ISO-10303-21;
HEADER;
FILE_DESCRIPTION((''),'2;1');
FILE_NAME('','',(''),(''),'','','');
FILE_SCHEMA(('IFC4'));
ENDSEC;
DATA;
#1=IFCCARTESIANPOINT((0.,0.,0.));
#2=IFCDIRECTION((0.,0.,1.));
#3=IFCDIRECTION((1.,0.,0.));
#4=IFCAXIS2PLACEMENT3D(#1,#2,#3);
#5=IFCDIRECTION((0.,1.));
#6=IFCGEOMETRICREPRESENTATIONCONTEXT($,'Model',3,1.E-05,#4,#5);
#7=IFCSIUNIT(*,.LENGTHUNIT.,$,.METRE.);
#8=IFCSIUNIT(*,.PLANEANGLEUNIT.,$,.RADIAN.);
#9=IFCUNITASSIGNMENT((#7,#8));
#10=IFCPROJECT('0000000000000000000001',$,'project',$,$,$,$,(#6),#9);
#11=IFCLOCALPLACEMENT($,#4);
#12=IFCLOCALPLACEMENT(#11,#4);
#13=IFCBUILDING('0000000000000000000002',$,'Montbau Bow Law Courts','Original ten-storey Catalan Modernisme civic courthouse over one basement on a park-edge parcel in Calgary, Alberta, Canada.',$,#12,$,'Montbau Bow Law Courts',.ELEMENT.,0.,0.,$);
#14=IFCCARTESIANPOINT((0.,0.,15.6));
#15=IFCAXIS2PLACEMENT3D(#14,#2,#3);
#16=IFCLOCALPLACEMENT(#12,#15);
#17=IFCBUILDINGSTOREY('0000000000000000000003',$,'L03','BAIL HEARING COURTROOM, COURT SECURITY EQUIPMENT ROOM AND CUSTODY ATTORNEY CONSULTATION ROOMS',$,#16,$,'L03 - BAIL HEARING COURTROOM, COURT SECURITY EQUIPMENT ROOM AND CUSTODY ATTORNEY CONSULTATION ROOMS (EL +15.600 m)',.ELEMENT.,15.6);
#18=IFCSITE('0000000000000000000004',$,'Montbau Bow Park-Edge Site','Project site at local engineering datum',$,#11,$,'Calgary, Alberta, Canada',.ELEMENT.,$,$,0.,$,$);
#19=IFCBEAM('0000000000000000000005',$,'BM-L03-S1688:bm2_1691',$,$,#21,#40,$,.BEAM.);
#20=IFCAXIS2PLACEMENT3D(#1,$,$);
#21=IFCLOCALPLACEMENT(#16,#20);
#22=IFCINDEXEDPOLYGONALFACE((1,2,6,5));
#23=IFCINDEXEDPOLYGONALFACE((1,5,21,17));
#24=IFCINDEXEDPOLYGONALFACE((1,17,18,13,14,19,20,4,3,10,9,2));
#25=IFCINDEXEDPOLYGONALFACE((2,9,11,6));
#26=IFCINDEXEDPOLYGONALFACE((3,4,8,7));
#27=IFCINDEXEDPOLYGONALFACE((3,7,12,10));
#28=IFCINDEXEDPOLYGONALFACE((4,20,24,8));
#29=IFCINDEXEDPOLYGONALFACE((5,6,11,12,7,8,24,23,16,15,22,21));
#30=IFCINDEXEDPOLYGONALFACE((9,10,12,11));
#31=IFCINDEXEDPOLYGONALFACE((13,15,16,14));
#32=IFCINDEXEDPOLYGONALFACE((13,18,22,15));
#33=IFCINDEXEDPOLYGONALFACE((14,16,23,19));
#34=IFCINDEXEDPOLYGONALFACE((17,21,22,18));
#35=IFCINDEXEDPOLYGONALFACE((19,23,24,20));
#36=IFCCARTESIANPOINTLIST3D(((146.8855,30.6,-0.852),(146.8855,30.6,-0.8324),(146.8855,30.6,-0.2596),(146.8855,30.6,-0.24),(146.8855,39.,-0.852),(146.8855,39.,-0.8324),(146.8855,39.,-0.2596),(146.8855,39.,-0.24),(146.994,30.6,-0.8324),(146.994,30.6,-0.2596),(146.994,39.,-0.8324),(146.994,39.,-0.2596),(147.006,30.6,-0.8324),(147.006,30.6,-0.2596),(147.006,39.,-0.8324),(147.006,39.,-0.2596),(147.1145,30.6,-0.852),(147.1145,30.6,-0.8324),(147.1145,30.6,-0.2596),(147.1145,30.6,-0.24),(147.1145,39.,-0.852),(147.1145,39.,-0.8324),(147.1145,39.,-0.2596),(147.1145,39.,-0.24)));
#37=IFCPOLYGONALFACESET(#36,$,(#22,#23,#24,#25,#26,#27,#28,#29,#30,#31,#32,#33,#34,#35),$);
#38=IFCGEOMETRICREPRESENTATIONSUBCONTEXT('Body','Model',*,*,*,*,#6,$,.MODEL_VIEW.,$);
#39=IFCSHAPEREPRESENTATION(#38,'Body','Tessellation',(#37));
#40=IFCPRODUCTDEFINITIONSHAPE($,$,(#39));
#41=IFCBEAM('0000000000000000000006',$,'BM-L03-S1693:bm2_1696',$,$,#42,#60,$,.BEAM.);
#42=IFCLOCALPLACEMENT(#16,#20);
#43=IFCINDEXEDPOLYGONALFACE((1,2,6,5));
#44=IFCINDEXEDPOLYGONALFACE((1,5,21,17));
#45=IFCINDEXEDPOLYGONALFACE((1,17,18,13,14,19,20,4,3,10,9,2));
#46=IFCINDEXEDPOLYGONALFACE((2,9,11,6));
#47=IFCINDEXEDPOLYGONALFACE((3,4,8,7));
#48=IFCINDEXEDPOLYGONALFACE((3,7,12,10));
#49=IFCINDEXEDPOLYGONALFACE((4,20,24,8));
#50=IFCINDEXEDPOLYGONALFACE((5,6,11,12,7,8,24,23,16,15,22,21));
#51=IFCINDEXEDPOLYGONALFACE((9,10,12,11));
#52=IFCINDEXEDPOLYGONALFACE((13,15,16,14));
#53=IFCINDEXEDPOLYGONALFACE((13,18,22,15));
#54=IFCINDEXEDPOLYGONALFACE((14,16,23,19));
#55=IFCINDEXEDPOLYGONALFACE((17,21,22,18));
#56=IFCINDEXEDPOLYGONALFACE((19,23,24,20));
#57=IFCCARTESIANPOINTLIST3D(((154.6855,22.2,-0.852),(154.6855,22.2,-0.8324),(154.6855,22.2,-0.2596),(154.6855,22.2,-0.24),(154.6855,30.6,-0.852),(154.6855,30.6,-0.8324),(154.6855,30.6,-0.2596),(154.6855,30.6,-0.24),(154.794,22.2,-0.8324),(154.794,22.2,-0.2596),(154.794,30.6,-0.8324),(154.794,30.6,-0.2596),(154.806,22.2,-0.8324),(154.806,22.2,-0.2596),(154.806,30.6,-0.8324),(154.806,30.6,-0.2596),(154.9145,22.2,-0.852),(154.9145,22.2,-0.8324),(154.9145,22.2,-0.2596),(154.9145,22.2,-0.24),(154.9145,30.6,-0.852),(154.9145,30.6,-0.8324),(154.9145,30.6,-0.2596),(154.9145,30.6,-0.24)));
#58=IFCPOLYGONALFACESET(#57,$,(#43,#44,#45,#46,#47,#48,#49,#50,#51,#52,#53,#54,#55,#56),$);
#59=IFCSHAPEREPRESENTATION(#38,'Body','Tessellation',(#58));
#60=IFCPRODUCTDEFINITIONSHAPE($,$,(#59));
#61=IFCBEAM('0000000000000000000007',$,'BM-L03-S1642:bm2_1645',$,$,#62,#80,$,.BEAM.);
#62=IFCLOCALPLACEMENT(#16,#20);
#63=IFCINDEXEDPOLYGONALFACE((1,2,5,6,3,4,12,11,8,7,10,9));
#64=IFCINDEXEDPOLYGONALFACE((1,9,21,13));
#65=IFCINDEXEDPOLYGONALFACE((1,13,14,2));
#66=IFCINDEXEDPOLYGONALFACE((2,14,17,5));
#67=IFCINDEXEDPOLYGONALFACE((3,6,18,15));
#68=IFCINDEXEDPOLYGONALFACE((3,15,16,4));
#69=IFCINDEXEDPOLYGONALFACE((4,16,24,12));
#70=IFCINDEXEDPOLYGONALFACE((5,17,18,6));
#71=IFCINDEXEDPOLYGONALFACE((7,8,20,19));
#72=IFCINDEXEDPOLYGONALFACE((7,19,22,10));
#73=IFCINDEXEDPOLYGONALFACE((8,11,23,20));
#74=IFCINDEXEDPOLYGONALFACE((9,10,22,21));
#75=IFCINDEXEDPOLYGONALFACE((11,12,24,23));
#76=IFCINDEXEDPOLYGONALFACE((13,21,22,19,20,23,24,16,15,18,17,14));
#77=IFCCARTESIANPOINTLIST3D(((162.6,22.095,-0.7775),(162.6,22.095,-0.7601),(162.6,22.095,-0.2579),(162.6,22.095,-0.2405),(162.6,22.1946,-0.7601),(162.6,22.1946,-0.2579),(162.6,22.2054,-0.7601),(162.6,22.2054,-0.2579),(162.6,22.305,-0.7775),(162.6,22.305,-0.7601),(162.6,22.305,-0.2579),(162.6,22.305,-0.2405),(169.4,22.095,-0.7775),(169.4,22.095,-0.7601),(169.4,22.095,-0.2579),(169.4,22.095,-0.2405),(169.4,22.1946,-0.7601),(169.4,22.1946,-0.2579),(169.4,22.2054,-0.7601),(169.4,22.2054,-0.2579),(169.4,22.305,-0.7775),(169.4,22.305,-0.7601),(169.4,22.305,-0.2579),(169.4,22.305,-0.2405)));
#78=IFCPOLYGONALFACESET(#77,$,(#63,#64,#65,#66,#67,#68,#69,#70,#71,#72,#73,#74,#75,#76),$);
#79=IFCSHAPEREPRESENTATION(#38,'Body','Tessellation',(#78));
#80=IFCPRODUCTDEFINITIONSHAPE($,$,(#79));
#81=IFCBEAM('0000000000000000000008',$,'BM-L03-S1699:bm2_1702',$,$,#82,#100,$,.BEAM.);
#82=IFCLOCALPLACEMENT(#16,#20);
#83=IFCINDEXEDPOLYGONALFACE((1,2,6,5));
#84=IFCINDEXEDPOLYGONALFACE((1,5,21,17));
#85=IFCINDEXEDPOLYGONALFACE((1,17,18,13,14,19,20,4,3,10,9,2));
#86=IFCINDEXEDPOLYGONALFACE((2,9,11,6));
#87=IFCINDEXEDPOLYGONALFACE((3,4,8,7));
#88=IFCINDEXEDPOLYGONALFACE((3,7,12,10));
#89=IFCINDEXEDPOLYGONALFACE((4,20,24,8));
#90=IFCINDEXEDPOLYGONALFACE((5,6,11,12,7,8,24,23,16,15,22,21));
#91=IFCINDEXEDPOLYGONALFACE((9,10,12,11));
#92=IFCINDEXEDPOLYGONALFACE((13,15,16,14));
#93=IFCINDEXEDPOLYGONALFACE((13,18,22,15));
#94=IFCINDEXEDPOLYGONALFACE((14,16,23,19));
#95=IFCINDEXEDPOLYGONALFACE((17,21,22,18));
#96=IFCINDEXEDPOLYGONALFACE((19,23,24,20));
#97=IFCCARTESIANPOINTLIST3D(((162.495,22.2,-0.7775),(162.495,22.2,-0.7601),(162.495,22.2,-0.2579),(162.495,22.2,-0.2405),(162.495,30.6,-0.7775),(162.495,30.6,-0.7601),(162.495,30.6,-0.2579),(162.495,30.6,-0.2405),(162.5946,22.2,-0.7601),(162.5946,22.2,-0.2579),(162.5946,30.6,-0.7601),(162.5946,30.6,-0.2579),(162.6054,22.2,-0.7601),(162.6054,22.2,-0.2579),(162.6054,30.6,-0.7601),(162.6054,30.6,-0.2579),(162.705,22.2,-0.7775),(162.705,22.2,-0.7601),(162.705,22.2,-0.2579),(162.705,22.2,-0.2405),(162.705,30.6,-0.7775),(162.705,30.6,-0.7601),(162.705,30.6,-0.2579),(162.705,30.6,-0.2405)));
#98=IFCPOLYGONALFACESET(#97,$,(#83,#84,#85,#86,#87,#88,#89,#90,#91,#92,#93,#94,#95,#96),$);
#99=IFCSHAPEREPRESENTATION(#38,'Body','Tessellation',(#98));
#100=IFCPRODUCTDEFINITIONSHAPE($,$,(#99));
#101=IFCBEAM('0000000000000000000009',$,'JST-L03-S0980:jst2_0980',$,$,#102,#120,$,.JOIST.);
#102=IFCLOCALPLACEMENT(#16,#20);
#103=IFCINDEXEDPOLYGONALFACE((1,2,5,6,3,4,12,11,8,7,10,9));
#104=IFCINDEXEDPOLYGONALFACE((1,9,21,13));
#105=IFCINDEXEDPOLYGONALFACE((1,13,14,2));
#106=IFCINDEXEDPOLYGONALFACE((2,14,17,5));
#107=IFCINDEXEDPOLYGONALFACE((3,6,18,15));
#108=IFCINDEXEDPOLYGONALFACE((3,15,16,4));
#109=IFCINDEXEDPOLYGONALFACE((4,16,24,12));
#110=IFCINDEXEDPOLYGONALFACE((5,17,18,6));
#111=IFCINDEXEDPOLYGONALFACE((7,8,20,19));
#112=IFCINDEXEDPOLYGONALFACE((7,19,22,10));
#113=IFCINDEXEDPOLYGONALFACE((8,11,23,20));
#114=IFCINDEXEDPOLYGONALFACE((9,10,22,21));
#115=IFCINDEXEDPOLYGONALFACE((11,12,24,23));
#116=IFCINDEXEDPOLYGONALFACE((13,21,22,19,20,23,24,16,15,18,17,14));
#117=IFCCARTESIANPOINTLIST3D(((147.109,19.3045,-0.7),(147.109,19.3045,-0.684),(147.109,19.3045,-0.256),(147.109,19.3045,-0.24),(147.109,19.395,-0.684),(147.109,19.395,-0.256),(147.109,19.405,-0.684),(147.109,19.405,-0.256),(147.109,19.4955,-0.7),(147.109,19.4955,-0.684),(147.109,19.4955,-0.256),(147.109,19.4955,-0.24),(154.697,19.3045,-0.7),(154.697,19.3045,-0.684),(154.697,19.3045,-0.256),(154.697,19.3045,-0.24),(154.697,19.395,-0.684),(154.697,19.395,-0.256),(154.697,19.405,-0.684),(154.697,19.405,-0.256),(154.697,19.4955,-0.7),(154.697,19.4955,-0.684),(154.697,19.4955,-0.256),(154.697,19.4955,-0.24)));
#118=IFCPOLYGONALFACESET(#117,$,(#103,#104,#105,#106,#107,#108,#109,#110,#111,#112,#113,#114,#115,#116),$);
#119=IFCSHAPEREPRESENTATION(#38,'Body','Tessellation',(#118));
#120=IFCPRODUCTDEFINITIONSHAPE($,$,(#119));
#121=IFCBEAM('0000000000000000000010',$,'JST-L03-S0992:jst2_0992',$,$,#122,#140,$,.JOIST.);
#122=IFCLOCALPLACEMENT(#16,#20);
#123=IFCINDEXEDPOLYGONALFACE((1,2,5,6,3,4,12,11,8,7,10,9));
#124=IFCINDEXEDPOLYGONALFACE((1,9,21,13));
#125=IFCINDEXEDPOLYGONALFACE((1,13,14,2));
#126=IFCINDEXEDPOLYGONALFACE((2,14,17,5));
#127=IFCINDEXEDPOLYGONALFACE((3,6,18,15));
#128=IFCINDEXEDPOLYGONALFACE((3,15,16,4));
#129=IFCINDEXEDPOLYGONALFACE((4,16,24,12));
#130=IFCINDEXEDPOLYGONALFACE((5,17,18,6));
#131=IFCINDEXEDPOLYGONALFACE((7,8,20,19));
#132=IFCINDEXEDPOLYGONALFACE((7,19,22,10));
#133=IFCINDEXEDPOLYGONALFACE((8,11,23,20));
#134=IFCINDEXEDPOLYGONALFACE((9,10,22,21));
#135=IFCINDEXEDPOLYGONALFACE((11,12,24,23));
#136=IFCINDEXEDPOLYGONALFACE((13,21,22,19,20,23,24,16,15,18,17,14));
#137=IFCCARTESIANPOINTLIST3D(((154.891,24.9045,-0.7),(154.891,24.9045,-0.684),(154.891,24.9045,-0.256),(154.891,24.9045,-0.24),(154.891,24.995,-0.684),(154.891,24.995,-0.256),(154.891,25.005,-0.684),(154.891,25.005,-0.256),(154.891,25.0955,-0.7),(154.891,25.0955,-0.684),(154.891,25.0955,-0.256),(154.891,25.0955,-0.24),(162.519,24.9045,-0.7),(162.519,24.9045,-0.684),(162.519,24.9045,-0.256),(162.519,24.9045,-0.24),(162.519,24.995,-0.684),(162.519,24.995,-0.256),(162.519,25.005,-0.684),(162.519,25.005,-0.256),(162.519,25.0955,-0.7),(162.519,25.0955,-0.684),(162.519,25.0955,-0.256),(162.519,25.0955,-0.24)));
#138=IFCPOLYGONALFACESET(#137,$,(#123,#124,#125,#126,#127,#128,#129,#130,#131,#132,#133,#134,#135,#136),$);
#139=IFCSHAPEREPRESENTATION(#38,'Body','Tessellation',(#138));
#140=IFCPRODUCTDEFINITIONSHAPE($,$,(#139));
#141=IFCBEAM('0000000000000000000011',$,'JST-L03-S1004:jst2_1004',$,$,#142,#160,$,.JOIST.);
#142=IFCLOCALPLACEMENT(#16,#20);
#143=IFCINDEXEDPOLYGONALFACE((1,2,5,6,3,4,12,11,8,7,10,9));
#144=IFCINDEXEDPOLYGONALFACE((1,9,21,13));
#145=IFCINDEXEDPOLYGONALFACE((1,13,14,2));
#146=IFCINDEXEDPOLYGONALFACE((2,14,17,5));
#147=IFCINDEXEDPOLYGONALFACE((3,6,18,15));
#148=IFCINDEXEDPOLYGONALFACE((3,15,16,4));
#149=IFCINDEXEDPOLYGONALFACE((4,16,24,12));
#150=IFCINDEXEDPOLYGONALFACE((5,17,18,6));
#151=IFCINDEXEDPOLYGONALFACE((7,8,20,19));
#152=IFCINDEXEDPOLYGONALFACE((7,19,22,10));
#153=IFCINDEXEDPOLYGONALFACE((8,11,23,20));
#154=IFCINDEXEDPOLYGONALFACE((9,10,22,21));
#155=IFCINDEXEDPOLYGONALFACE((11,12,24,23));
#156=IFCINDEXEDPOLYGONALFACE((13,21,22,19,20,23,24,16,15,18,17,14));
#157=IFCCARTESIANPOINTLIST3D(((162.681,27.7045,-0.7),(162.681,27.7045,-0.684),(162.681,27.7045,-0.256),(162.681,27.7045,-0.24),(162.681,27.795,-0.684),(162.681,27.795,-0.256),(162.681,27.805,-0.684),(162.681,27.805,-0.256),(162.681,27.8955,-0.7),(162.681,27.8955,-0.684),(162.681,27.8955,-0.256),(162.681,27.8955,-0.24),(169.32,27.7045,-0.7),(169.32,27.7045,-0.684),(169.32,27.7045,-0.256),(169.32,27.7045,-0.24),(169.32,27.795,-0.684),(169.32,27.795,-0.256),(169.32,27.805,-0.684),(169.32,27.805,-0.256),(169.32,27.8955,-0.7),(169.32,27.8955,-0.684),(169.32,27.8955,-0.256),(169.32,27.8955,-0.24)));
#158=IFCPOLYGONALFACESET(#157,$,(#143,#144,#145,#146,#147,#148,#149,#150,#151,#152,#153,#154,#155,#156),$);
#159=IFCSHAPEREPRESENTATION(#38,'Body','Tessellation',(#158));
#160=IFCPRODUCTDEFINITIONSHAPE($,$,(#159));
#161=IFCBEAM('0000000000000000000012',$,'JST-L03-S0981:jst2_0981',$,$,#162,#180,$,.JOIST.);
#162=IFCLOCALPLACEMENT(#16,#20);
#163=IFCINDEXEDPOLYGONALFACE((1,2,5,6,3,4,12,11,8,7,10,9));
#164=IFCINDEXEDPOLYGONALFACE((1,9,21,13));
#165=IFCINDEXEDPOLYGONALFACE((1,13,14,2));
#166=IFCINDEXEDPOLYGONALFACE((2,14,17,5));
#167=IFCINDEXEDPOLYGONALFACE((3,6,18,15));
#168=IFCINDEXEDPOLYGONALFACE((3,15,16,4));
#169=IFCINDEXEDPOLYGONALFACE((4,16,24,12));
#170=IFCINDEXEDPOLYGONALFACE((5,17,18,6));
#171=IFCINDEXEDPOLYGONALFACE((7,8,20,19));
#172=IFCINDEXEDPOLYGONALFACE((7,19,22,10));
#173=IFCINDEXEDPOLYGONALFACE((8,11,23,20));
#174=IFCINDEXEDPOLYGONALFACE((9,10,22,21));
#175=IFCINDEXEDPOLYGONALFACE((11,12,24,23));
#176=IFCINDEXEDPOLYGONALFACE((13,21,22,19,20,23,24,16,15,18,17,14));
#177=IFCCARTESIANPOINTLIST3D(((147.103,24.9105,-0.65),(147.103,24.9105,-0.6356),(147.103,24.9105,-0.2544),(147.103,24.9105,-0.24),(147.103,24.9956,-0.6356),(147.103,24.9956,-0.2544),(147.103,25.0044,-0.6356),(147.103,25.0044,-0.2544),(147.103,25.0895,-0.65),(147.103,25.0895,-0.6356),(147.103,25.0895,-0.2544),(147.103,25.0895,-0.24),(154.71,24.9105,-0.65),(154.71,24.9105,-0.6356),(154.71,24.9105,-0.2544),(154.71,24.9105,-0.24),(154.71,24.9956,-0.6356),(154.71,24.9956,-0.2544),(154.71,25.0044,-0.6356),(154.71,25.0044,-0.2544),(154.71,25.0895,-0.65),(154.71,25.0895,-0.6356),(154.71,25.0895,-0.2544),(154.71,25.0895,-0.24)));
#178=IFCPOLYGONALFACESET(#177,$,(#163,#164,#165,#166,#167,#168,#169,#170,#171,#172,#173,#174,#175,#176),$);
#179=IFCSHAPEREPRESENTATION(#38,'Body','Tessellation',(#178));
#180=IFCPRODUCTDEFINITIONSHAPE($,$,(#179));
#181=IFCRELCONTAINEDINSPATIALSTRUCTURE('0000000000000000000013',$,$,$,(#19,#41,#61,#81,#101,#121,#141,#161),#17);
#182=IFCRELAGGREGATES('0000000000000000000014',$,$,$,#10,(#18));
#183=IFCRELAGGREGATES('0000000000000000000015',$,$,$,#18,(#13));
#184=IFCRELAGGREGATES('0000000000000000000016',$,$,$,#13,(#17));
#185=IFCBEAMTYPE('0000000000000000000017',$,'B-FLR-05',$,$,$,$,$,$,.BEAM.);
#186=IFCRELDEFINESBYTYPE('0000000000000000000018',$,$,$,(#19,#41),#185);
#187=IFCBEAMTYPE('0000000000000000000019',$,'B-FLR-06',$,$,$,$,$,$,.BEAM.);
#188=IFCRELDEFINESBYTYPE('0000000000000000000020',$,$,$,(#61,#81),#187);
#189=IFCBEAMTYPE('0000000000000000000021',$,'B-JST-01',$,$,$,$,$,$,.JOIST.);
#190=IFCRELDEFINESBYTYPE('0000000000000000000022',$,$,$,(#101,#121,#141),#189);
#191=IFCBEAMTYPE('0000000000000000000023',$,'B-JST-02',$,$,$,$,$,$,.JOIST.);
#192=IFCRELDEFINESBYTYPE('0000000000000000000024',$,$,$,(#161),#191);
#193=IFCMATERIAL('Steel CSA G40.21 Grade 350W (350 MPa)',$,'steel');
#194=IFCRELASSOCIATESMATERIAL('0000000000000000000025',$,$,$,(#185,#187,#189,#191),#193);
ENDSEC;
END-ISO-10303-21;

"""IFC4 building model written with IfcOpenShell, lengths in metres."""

from ifc_helpers import new_model, si_unit, direction, frame, origin_with_axes, origin_2d_with_axis, place, context, subcontext, project, spatial, i_section, extrude, material, material_profile, profile_set, type_object, element, save


model = new_model("IFC4")

# Units and contexts
model_context = context("Model", 3, precision=1e-05, world=origin_with_axes(), true_north=direction((0.0, 1.0)))
body_context = subcontext(model_context, "Body", "Model", "MODEL_VIEW")
ifc_project = project(units=[si_unit("LENGTHUNIT", "METRE"), si_unit("PLANEANGLEUNIT", "RADIAN")], contexts=[model_context])

# Site, building, storey
site_placement = place(None, origin_with_axes())
site = spatial("IfcSite", under=ifc_project, at=site_placement, Name="Montbau Bow Park-Edge Site", Description="Project site at local engineering datum", LongName="Calgary, Alberta, Canada", CompositionType="ELEMENT", RefElevation=0.0)
building_placement = place(site_placement, origin_with_axes())
building = spatial("IfcBuilding", under=site, at=building_placement, Name="Montbau Bow Law Courts", Description="Original ten-storey Catalan Modernisme civic courthouse over one basement on a park-edge parcel in Calgary, Alberta, Canada.", LongName="Montbau Bow Law Courts", CompositionType="ELEMENT", ElevationOfRefHeight=0.0, ElevationOfTerrain=0.0)
storey_placement = place(building_placement, frame((0.0, 0.0, 15.6), z_axis=(0.0, 0.0, 1.0), x_axis=(1.0, 0.0, 0.0)))
storey = spatial("IfcBuildingStorey", under=building, at=storey_placement, Name="L03", Description="BAIL HEARING COURTROOM, COURT SECURITY EQUIPMENT ROOM AND CUSTODY ATTORNEY CONSULTATION ROOMS", LongName="L03 - BAIL HEARING COURTROOM, COURT SECURITY EQUIPMENT ROOM AND CUSTODY ATTORNEY CONSULTATION ROOMS (EL +15.600 m)", CompositionType="ELEMENT", Elevation=15.6)

# Shared definitions
ifc_material_1 = material(Name="Steel CSA G40.21 Grade 350W (350 MPa)", Category="steel")

# Beams
ifc_material_profile_1 = material_profile(ifc_material_1, i_section(OverallWidth=0.229, OverallDepth=0.612, WebThickness=0.0119, FlangeThickness=0.0196, at=origin_2d_with_axis()), Name="W610X125", Category="Main", Priority=0)
ifc_profile_set_1 = profile_set([ifc_material_profile_1], Name="Steel CSA G40.21 Grade 350W (350 MPa)")
beam_type_1 = type_object("IfcBeamType", Name="B-FLR-05", PredefinedType="BEAM", material=ifc_profile_set_1)
for number, where, z_axis, x_axis, name in (
    (1, (147.0, 30.6, 15.054), (0.0, 1.0, 0.0), (-1.0, 0.0, 0.0), "BM-L03-S1688:bm2_1691"),
    (2, (154.8, 22.2, 15.054), (0.0, 1.0, 0.0), (-1.0, 0.0, 0.0), "BM-L03-S1693:bm2_1696"),
):
    element("IfcBeam", number, at=place(None, frame(where, z_axis=z_axis, x_axis=x_axis)), inside=storey, type_object=beam_type_1, Name=name, PredefinedType="BEAM", context=body_context, shape_type="SweptSolid", body=[
        extrude(i_section(OverallWidth=0.229, OverallDepth=0.612, WebThickness=0.0119, FlangeThickness=0.0196, at=origin_2d_with_axis()), origin_with_axes(), (0.0, 0.0, 1.0), 8.4),
    ])
ifc_material_profile_2 = material_profile(ifc_material_1, i_section(OverallWidth=0.21, OverallDepth=0.537, WebThickness=0.0109, FlangeThickness=0.0174, at=origin_2d_with_axis()), Name="W530X101", Category="Main", Priority=0)
ifc_profile_set_2 = profile_set([ifc_material_profile_2], Name="Steel CSA G40.21 Grade 350W (350 MPa)")
beam_type_2 = type_object("IfcBeamType", Name="B-FLR-06", PredefinedType="BEAM", material=ifc_profile_set_2)
beam_1_placement = place(None, frame((162.6, 22.2, 15.091), z_axis=(1.0, 0.0, 0.0), x_axis=(0.0, 1.0, 0.0)))
element("IfcBeam", 3, at=beam_1_placement, inside=storey, type_object=beam_type_2, Name="BM-L03-S1642:bm2_1645", PredefinedType="BEAM", context=body_context, shape_type="SweptSolid", body=[
    extrude(i_section(OverallWidth=0.21, OverallDepth=0.537, WebThickness=0.0109, FlangeThickness=0.0174, at=origin_2d_with_axis()), origin_with_axes(), (0.0, 0.0, 1.0), 6.8),
])
beam_2_placement = place(None, frame((162.6, 22.2, 15.091), z_axis=(0.0, 1.0, 0.0), x_axis=(-1.0, 0.0, 0.0)))
element("IfcBeam", 4, at=beam_2_placement, inside=storey, type_object=beam_type_2, Name="BM-L03-S1699:bm2_1702", PredefinedType="BEAM", context=body_context, shape_type="SweptSolid", body=[
    extrude(i_section(OverallWidth=0.21, OverallDepth=0.537, WebThickness=0.0109, FlangeThickness=0.0174, at=origin_2d_with_axis()), origin_with_axes(), (0.0, 0.0, 1.0), 8.4),
])
ifc_material_profile_3 = material_profile(ifc_material_1, i_section(OverallWidth=0.191, OverallDepth=0.46, WebThickness=0.0099, FlangeThickness=0.016, at=origin_2d_with_axis()), Name="W460X82", Category="Main", Priority=0)
ifc_profile_set_3 = profile_set([ifc_material_profile_3], Name="Steel CSA G40.21 Grade 350W (350 MPa)")
beam_type_3 = type_object("IfcBeamType", Name="B-JST-01", PredefinedType="JOIST", material=ifc_profile_set_3)
beam_3_placement = place(None, frame((147.109, 19.4, 15.13), z_axis=(1.0, 0.0, 0.0), x_axis=(0.0, 1.0, 0.0)))
element("IfcBeam", 5, at=beam_3_placement, inside=storey, type_object=beam_type_3, Name="JST-L03-S0980:jst2_0980", PredefinedType="JOIST", context=body_context, shape_type="SweptSolid", body=[
    extrude(i_section(OverallWidth=0.191, OverallDepth=0.46, WebThickness=0.0099, FlangeThickness=0.016, at=origin_2d_with_axis()), origin_with_axes(), (0.0, 0.0, 1.0), 7.588),
])
beam_4_placement = place(None, frame((154.891, 25.0, 15.13), z_axis=(1.0, 0.0, 0.0), x_axis=(0.0, 1.0, 0.0)))
element("IfcBeam", 6, at=beam_4_placement, inside=storey, type_object=beam_type_3, Name="JST-L03-S0992:jst2_0992", PredefinedType="JOIST", context=body_context, shape_type="SweptSolid", body=[
    extrude(i_section(OverallWidth=0.191, OverallDepth=0.46, WebThickness=0.0099, FlangeThickness=0.016, at=origin_2d_with_axis()), origin_with_axes(), (0.0, 0.0, 1.0), 7.628),
])
beam_5_placement = place(None, frame((162.681, 27.8, 15.13), z_axis=(1.0, 0.0, 0.0), x_axis=(0.0, 1.0, 0.0)))
element("IfcBeam", 7, at=beam_5_placement, inside=storey, type_object=beam_type_3, Name="JST-L03-S1004:jst2_1004", PredefinedType="JOIST", context=body_context, shape_type="SweptSolid", body=[
    extrude(i_section(OverallWidth=0.191, OverallDepth=0.46, WebThickness=0.0099, FlangeThickness=0.016, at=origin_2d_with_axis()), origin_with_axes(), (0.0, 0.0, 1.0), 6.639),
])
ifc_material_profile_4 = material_profile(ifc_material_1, i_section(OverallWidth=0.179, OverallDepth=0.41, WebThickness=0.0088, FlangeThickness=0.0144, at=origin_2d_with_axis()), Name="W410X67", Category="Main", Priority=0)
ifc_profile_set_4 = profile_set([ifc_material_profile_4], Name="Steel CSA G40.21 Grade 350W (350 MPa)")
beam_type_4 = type_object("IfcBeamType", Name="B-JST-02", PredefinedType="JOIST", material=ifc_profile_set_4)
beam_6_placement = place(None, frame((147.103, 25.0, 15.155), z_axis=(1.0, 0.0, 0.0), x_axis=(0.0, 1.0, 0.0)))
element("IfcBeam", 8, at=beam_6_placement, inside=storey, type_object=beam_type_4, Name="JST-L03-S0981:jst2_0981", PredefinedType="JOIST", context=body_context, shape_type="SweptSolid", body=[
    extrude(i_section(OverallWidth=0.179, OverallDepth=0.41, WebThickness=0.0088, FlangeThickness=0.0144, at=origin_2d_with_axis()), origin_with_axes(), (0.0, 0.0, 1.0), 7.607),
])

save(model, "model.ifc")
